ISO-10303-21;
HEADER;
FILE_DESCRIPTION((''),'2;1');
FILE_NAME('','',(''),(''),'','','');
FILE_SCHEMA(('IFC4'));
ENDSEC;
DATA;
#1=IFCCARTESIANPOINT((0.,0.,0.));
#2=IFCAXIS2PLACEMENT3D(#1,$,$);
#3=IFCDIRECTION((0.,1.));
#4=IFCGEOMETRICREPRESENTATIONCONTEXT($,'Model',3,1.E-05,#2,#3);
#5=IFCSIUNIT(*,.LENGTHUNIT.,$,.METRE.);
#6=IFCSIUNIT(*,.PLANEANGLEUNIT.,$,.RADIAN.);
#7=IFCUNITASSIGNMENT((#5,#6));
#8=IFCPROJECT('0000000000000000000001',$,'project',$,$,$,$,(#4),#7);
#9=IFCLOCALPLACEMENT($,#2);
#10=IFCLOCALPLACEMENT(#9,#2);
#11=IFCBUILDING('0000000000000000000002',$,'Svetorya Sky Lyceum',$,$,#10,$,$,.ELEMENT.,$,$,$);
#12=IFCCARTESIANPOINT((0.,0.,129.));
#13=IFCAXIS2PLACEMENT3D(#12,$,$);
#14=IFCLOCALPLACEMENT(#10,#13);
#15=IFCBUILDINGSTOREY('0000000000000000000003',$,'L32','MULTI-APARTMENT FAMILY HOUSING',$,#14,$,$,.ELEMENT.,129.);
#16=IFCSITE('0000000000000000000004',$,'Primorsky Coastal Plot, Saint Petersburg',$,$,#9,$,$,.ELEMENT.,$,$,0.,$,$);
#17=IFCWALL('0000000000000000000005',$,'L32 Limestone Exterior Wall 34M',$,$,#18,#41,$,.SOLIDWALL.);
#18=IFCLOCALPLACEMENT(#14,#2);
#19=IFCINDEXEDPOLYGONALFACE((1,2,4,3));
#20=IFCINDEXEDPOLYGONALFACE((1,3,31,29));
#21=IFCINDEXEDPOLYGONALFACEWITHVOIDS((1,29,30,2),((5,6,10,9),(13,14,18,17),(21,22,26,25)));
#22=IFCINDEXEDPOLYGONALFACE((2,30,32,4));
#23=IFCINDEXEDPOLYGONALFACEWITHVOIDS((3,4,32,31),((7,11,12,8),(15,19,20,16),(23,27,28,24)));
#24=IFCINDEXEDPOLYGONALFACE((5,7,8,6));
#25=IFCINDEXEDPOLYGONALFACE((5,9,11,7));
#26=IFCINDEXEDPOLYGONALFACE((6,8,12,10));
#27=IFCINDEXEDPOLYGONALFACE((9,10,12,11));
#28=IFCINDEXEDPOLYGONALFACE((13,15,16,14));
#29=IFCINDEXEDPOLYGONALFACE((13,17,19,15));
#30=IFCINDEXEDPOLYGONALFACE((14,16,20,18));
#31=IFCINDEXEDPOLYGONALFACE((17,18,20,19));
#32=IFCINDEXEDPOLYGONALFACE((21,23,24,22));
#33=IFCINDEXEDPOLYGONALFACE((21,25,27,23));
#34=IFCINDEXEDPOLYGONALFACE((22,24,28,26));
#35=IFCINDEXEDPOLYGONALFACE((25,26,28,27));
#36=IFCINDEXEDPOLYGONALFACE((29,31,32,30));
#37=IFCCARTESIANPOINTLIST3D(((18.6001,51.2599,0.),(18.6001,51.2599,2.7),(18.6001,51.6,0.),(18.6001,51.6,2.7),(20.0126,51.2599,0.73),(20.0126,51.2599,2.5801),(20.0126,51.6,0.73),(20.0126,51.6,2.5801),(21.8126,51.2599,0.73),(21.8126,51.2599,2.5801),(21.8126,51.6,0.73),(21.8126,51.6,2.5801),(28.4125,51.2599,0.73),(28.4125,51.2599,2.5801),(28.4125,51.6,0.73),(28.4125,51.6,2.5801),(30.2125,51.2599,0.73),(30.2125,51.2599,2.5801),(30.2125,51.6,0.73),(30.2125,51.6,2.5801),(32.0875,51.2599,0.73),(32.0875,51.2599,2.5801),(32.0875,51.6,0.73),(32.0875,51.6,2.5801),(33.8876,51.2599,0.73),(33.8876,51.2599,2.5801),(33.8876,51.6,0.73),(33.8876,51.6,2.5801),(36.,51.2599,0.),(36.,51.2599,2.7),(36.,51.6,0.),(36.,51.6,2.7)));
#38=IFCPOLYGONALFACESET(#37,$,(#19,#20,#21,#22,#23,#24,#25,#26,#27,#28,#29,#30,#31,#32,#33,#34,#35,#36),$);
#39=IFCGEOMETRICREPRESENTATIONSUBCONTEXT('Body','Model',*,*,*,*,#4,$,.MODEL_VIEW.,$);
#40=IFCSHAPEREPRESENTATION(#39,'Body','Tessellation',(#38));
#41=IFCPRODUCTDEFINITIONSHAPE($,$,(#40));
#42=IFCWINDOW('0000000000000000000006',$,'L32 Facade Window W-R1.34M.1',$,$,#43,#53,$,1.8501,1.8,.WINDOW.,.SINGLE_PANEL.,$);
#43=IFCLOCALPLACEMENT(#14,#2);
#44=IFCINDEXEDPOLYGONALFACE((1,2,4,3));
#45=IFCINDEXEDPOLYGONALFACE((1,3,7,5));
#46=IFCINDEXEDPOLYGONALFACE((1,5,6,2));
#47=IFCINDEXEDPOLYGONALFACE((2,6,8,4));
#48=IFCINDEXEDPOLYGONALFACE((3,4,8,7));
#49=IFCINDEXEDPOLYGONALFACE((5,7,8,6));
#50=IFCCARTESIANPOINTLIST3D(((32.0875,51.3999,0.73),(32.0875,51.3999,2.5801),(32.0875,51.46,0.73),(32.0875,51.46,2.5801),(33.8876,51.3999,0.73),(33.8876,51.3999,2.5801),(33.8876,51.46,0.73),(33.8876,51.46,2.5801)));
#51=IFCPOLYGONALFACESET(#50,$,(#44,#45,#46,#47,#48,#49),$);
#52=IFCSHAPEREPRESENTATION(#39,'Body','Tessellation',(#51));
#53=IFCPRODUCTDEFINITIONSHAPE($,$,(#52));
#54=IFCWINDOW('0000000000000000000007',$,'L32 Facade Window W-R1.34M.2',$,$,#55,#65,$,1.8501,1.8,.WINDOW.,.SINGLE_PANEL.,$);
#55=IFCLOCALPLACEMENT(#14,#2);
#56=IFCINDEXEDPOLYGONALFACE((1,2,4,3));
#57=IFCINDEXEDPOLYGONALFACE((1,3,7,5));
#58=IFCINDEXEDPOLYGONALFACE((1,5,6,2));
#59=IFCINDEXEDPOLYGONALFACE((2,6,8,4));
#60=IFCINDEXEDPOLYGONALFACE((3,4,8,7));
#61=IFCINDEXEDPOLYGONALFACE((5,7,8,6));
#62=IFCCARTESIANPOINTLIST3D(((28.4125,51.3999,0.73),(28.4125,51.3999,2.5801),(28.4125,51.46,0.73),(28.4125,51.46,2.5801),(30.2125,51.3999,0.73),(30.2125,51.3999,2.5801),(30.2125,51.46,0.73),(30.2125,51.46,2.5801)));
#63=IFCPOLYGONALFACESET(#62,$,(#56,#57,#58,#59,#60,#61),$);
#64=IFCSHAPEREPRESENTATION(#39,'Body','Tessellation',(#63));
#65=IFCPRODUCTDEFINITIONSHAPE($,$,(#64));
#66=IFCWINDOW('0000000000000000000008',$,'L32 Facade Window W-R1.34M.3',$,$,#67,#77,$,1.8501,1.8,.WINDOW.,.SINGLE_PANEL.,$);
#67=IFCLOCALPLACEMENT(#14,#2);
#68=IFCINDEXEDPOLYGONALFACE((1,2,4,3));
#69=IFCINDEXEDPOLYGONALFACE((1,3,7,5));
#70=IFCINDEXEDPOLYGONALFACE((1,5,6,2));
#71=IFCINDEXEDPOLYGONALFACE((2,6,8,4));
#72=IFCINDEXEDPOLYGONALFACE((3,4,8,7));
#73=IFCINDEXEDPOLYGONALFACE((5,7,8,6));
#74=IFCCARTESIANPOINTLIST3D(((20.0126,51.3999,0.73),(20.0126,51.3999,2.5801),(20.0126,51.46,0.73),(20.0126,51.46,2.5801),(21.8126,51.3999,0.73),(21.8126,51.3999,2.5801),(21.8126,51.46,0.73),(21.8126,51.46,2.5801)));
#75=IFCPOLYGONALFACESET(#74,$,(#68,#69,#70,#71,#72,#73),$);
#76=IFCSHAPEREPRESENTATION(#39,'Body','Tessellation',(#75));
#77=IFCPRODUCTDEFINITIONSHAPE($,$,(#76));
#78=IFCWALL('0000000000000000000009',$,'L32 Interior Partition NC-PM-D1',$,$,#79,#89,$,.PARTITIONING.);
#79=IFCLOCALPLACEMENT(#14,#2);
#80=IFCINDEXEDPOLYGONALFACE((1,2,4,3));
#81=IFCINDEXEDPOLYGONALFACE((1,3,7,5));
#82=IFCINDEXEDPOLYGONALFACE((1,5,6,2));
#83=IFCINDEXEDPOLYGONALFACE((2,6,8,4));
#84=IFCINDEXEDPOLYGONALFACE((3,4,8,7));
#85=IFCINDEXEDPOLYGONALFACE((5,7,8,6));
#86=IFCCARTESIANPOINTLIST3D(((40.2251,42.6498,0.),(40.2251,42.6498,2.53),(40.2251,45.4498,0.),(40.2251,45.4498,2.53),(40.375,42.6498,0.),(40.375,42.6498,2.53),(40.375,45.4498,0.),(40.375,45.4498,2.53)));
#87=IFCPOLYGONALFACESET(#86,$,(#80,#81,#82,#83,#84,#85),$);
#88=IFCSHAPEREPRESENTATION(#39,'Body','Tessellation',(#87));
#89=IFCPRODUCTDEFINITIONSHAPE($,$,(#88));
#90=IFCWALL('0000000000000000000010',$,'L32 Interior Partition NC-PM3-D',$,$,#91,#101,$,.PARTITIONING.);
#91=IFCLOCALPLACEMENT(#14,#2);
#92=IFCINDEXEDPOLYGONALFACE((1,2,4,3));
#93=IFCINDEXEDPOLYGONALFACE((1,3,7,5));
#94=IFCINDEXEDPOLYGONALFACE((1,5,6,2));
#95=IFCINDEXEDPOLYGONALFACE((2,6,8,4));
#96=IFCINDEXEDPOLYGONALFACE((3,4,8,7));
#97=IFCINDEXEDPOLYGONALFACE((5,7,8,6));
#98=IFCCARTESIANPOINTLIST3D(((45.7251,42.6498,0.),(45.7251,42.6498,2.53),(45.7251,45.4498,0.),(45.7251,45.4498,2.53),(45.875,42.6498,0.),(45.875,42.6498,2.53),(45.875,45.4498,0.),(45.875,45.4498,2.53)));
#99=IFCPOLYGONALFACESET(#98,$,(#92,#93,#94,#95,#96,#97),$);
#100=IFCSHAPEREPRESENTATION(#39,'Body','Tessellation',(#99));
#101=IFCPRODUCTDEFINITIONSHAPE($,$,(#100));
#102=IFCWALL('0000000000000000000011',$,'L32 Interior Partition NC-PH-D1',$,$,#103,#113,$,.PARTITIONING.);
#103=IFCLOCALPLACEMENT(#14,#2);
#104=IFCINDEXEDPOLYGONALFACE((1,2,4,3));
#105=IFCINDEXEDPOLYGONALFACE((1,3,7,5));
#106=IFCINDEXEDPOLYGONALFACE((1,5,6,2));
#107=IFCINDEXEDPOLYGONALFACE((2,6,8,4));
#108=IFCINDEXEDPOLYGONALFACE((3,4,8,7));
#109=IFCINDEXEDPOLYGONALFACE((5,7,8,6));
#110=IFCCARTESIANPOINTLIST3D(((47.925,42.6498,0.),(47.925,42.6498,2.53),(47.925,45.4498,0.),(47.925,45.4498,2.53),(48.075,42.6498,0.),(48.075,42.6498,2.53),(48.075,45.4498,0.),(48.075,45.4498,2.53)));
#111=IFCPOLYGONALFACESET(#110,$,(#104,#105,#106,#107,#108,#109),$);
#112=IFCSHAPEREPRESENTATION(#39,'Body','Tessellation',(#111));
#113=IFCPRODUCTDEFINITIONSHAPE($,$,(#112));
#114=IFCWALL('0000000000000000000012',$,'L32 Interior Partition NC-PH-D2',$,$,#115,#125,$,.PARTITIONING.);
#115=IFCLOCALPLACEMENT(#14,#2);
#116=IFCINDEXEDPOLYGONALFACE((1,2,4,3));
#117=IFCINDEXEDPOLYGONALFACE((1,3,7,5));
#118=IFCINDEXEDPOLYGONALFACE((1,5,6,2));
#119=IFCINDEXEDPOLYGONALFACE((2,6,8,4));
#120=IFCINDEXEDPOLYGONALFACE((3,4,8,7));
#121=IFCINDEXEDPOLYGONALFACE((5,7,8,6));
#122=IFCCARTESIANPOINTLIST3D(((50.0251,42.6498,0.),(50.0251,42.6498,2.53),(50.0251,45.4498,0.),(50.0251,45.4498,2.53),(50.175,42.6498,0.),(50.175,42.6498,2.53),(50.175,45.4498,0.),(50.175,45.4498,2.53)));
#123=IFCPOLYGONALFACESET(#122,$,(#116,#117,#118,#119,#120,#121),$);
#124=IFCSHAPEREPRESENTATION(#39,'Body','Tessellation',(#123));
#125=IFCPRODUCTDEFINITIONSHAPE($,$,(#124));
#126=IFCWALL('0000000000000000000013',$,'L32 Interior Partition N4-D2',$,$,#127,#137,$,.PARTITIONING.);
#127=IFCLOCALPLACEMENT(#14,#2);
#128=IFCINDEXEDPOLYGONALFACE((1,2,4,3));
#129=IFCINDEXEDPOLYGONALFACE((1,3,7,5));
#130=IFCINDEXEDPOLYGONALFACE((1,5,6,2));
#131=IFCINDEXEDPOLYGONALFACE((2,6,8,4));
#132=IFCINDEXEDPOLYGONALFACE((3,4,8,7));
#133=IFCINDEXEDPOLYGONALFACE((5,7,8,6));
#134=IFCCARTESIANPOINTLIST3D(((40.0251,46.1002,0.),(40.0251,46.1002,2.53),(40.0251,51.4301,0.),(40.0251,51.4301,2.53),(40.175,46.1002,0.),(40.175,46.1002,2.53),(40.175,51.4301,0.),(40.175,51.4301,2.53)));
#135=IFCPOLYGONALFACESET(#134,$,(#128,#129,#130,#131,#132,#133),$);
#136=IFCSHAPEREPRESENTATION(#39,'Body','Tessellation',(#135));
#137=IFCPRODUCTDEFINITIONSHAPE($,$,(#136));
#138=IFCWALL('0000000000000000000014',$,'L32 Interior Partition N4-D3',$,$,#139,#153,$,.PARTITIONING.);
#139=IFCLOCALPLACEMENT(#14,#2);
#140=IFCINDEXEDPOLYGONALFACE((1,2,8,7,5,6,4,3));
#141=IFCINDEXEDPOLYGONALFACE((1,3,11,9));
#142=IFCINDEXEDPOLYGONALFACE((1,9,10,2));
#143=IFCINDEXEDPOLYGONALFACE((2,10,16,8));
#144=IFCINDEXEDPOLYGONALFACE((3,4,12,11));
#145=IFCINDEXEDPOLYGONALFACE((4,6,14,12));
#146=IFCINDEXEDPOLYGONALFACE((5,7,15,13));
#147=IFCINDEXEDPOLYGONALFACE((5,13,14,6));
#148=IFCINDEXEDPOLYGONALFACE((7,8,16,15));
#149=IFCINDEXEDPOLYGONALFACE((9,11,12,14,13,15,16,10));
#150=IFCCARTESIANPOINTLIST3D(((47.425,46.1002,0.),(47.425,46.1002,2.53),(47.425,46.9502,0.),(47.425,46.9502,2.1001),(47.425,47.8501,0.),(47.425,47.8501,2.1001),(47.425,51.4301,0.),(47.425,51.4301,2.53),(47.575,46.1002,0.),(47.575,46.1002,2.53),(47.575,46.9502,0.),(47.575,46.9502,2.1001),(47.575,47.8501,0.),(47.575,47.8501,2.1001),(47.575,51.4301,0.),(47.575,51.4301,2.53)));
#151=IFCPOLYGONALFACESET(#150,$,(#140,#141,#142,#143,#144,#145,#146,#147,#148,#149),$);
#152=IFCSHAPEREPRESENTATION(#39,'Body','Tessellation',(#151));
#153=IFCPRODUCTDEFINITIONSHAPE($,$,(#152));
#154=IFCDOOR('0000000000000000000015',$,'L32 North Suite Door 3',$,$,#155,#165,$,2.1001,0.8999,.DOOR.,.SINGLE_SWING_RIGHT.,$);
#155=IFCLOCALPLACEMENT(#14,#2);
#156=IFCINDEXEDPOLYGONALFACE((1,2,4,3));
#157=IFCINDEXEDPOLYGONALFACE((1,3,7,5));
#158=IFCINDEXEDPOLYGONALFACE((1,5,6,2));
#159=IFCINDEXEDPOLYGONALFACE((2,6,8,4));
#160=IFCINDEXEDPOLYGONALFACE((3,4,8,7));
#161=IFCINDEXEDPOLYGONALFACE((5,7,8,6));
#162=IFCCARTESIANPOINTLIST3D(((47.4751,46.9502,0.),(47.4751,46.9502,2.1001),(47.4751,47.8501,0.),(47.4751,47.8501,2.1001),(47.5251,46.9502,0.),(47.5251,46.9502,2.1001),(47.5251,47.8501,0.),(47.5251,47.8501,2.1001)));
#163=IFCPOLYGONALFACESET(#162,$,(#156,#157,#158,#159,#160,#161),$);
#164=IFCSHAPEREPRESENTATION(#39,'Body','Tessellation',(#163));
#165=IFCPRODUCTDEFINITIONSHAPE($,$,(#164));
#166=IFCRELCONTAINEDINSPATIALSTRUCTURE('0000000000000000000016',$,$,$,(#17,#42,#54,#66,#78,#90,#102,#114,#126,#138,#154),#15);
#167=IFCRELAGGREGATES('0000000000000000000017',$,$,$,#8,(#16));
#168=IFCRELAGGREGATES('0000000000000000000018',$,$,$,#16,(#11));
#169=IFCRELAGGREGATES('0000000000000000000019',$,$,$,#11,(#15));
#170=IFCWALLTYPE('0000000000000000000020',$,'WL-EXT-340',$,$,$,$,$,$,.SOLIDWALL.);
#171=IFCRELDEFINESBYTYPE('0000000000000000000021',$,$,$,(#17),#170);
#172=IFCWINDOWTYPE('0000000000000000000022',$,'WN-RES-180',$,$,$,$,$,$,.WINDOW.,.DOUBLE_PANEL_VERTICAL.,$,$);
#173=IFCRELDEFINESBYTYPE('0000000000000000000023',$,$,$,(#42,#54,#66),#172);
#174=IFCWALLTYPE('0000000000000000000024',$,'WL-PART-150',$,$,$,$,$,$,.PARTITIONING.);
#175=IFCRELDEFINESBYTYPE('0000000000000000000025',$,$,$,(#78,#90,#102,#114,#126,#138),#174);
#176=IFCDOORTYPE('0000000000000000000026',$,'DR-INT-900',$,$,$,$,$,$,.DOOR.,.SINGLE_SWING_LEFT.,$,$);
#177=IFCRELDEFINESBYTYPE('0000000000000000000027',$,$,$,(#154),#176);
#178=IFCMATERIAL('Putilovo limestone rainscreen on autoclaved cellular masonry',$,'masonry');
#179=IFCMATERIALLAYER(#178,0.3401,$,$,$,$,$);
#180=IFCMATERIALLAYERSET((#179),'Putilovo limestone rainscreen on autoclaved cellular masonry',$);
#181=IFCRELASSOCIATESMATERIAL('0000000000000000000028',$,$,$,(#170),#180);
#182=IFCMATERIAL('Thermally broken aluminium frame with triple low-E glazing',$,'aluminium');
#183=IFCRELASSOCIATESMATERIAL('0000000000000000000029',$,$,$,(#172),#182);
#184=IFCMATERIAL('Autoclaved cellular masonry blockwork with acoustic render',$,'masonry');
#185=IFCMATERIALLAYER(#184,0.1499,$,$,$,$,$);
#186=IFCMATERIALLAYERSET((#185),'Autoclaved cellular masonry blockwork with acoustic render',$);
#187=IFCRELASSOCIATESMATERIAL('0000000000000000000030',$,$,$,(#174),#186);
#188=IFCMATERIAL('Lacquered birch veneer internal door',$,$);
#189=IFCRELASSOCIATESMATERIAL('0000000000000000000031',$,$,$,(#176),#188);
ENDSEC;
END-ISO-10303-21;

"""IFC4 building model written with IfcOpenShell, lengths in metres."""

from ifc_helpers import new_model, si_unit, direction, frame, frame_2d, origin, place, context, subcontext, project, spatial, rectangle, extrude, material, layer, layer_set, type_object, element, fill, save


model = new_model("IFC4")

# Units and contexts
model_context = context("Model", 3, precision=1e-05, world=origin(), true_north=direction((0.0, 1.0)))
body_context = subcontext(model_context, "Body", "Model", "MODEL_VIEW")
ifc_project = project(units=[si_unit("LENGTHUNIT", "METRE"), si_unit("PLANEANGLEUNIT", "RADIAN")], contexts=[model_context])

# Site, building, storey
site_placement = place(None, origin())
site = spatial("IfcSite", under=ifc_project, at=site_placement, Name="Primorsky Coastal Plot, Saint Petersburg", CompositionType="ELEMENT", RefElevation=0.0)
building_placement = place(site_placement, origin())
building = spatial("IfcBuilding", under=site, at=building_placement, Name="Svetorya Sky Lyceum", CompositionType="ELEMENT")
storey_placement = place(building_placement, frame((0.0, 0.0, 129.0)))
storey = spatial("IfcBuildingStorey", under=building, at=storey_placement, Name="L32", Description="MULTI-APARTMENT FAMILY HOUSING", CompositionType="ELEMENT", Elevation=129.0)

# Shared definitions
ifc_material_1 = material(Name="Putilovo limestone rainscreen on autoclaved cellular masonry", Category="masonry")
ifc_layer_1 = layer(ifc_material_1, 0.3401)
ifc_layer_set_1 = layer_set([ifc_layer_1], Name="Putilovo limestone rainscreen on autoclaved cellular masonry")
wall_type_1 = type_object("IfcWallType", Name="WL-EXT-340", PredefinedType="SOLIDWALL", material=ifc_layer_set_1)

# Wall, openings, windows
wall_1_placement = place(storey_placement, frame((36.0, 51.4299, 0.0), z_axis=(0.0, 0.0, 1.0), x_axis=(-1.0, 0.0, 0.0)))
wall_1 = element("IfcWall", 1, at=wall_1_placement, inside=storey, type_object=wall_type_1, Name="L32 Limestone Exterior Wall 34M", PredefinedType="SOLIDWALL", context=body_context, shape_type="SweptSolid", body=[
    extrude(rectangle(XDim=17.3999, YDim=0.3401, at=frame_2d((8.7, 0.0))), origin(), (0.0, 0.0, 1.0), 2.7),
])
opening_1_placement = place(wall_1_placement, frame((2.1125, 0.0, 0.73)))
opening_1 = element("IfcOpeningElement", 2, at=opening_1_placement, cuts=wall_1, PredefinedType="OPENING", context=body_context, shape_type="SweptSolid", body=[
    extrude(rectangle(XDim=1.8, YDim=1.8501, at=frame_2d((0.8999, 0.925))), frame((0.0, 0.1799, 0.0), z_axis=(0.0, -1.0, 0.0), x_axis=(1.0, 0.0, 0.0)), (0.0, 0.0, 1.0), 0.3601),
])
opening_2_placement = place(wall_1_placement, frame((5.7876, 0.0, 0.73)))
opening_2 = element("IfcOpeningElement", 3, at=opening_2_placement, cuts=wall_1, PredefinedType="OPENING", context=body_context, shape_type="SweptSolid", body=[
    extrude(rectangle(XDim=1.8, YDim=1.8501, at=frame_2d((0.8999, 0.925))), frame((0.0, 0.1799, 0.0), z_axis=(0.0, -1.0, 0.0), x_axis=(1.0, 0.0, 0.0)), (0.0, 0.0, 1.0), 0.3601),
])
opening_3_placement = place(wall_1_placement, frame((14.1875, 0.0, 0.73)))
opening_3 = element("IfcOpeningElement", 4, at=opening_3_placement, cuts=wall_1, PredefinedType="OPENING", context=body_context, shape_type="SweptSolid", body=[
    extrude(rectangle(XDim=1.8, YDim=1.8501, at=frame_2d((0.8999, 0.925))), frame((0.0, 0.1799, 0.0), z_axis=(0.0, -1.0, 0.0), x_axis=(1.0, 0.0, 0.0)), (0.0, 0.0, 1.0), 0.3601),
])
ifc_material_2 = material(Name="Thermally broken aluminium frame with triple low-E glazing", Category="aluminium")
window_type = type_object("IfcWindowType", Name="WN-RES-180", PartitioningType="DOUBLE_PANEL_VERTICAL", PredefinedType="WINDOW", material=ifc_material_2)
window_1_placement = place(opening_1_placement, origin())
window_1 = element("IfcWindow", 5, at=window_1_placement, inside=storey, type_object=window_type, Name="L32 Facade Window W-R1.34M.1", OverallHeight=1.8501, OverallWidth=1.8, PartitioningType="SINGLE_PANEL", PredefinedType="WINDOW", context=body_context, shape_type="SweptSolid", body=[
    extrude(rectangle(XDim=1.8, YDim=1.8501, at=frame_2d((0.8999, 0.925))), frame((0.0, 0.03, 0.0), z_axis=(0.0, -1.0, 0.0), x_axis=(1.0, 0.0, 0.0)), (0.0, 0.0, 1.0), 0.0601),
])
fill(opening_1, window_1)
window_2_placement = place(opening_2_placement, origin())
window_2 = element("IfcWindow", 6, at=window_2_placement, inside=storey, type_object=window_type, Name="L32 Facade Window W-R1.34M.2", OverallHeight=1.8501, OverallWidth=1.8, PartitioningType="SINGLE_PANEL", PredefinedType="WINDOW", context=body_context, shape_type="SweptSolid", body=[
    extrude(rectangle(XDim=1.8, YDim=1.8501, at=frame_2d((0.8999, 0.925))), frame((0.0, 0.03, 0.0), z_axis=(0.0, -1.0, 0.0), x_axis=(1.0, 0.0, 0.0)), (0.0, 0.0, 1.0), 0.0601),
])
fill(opening_2, window_2)
window_3_placement = place(opening_3_placement, origin())
window_3 = element("IfcWindow", 7, at=window_3_placement, inside=storey, type_object=window_type, Name="L32 Facade Window W-R1.34M.3", OverallHeight=1.8501, OverallWidth=1.8, PartitioningType="SINGLE_PANEL", PredefinedType="WINDOW", context=body_context, shape_type="SweptSolid", body=[
    extrude(rectangle(XDim=1.8, YDim=1.8501, at=frame_2d((0.8999, 0.925))), frame((0.0, 0.03, 0.0), z_axis=(0.0, -1.0, 0.0), x_axis=(1.0, 0.0, 0.0)), (0.0, 0.0, 1.0), 0.0601),
])
fill(opening_3, window_3)

# Walls
ifc_material_3 = material(Name="Autoclaved cellular masonry blockwork with acoustic render", Category="masonry")
ifc_layer_2 = layer(ifc_material_3, 0.1499)
ifc_layer_set_2 = layer_set([ifc_layer_2], Name="Autoclaved cellular masonry blockwork with acoustic render")
wall_type_2 = type_object("IfcWallType", Name="WL-PART-150", PredefinedType="PARTITIONING", material=ifc_layer_set_2)
for number, where, z_axis, x_axis, name in (
    (8, (40.3, 42.6499, 0.0), (0.0, 0.0, 1.0), (0.0, 1.0, 0.0), "L32 Interior Partition NC-PM-D1"),
    (9, (45.8, 42.6499, 0.0), (0.0, 0.0, 1.0), (0.0, 1.0, 0.0), "L32 Interior Partition NC-PM3-D"),
    (10, (48.0, 42.6499, 0.0), (0.0, 0.0, 1.0), (0.0, 1.0, 0.0), "L32 Interior Partition NC-PH-D1"),
    (11, (50.1001, 42.6499, 0.0), (0.0, 0.0, 1.0), (0.0, 1.0, 0.0), "L32 Interior Partition NC-PH-D2"),
):
    element("IfcWall", number, at=place(storey_placement, frame(where, z_axis=z_axis, x_axis=x_axis)), inside=storey, type_object=wall_type_2, Name=name, PredefinedType="PARTITIONING", context=body_context, shape_type="SweptSolid", body=[
        extrude(rectangle(XDim=2.8, YDim=0.1499, at=frame_2d((1.3999, 0.0))), origin(), (0.0, 0.0, 1.0), 2.53),
    ])
wall_2_placement = place(storey_placement, frame((40.1001, 46.1001, 0.0), z_axis=(0.0, 0.0, 1.0), x_axis=(0.0, 1.0, 0.0)))
element("IfcWall", 12, at=wall_2_placement, inside=storey, type_object=wall_type_2, Name="L32 Interior Partition N4-D2", PredefinedType="PARTITIONING", context=body_context, shape_type="SweptSolid", body=[
    extrude(rectangle(XDim=5.3298, YDim=0.1499, at=frame_2d((2.665, 0.0))), origin(), (0.0, 0.0, 1.0), 2.53),
])

# Wall, opening, door
wall_3_placement = place(storey_placement, frame((47.5, 46.1001, 0.0), z_axis=(0.0, 0.0, 1.0), x_axis=(0.0, 1.0, 0.0)))
wall_3 = element("IfcWall", 13, at=wall_3_placement, inside=storey, type_object=wall_type_2, Name="L32 Interior Partition N4-D3", PredefinedType="PARTITIONING", context=body_context, shape_type="SweptSolid", body=[
    extrude(rectangle(XDim=5.3298, YDim=0.1499, at=frame_2d((2.665, 0.0))), origin(), (0.0, 0.0, 1.0), 2.53),
])
opening_4_placement = place(wall_3_placement, frame((0.8501, 0.0, 0.0)))
opening_4 = element("IfcOpeningElement", 14, at=opening_4_placement, cuts=wall_3, PredefinedType="OPENING", context=body_context, shape_type="SweptSolid", body=[
    extrude(rectangle(XDim=0.8999, YDim=2.1001, at=frame_2d((0.45, 1.05))), frame((0.0, 0.085, 0.0), z_axis=(0.0, -1.0, 0.0), x_axis=(1.0, 0.0, 0.0)), (0.0, 0.0, 1.0), 0.1699),
])
ifc_material_4 = material(Name="Lacquered birch veneer internal door")
door_type = type_object("IfcDoorType", Name="DR-INT-900", OperationType="SINGLE_SWING_LEFT", PredefinedType="DOOR", material=ifc_material_4)
door_placement = place(opening_4_placement, origin())
door = element("IfcDoor", 15, at=door_placement, inside=storey, type_object=door_type, Name="L32 North Suite Door 3", OperationType="SINGLE_SWING_RIGHT", OverallHeight=2.1001, OverallWidth=0.8999, PredefinedType="DOOR", context=body_context, shape_type="SweptSolid", body=[
    extrude(rectangle(XDim=0.8999, YDim=2.1001, at=frame_2d((0.45, 1.05))), frame((0.0, 0.0249, 0.0), z_axis=(0.0, -1.0, 0.0), x_axis=(1.0, 0.0, 0.0)), (0.0, 0.0, 1.0), 0.05),
])
fill(opening_4, door)

save(model, "model.ifc")
